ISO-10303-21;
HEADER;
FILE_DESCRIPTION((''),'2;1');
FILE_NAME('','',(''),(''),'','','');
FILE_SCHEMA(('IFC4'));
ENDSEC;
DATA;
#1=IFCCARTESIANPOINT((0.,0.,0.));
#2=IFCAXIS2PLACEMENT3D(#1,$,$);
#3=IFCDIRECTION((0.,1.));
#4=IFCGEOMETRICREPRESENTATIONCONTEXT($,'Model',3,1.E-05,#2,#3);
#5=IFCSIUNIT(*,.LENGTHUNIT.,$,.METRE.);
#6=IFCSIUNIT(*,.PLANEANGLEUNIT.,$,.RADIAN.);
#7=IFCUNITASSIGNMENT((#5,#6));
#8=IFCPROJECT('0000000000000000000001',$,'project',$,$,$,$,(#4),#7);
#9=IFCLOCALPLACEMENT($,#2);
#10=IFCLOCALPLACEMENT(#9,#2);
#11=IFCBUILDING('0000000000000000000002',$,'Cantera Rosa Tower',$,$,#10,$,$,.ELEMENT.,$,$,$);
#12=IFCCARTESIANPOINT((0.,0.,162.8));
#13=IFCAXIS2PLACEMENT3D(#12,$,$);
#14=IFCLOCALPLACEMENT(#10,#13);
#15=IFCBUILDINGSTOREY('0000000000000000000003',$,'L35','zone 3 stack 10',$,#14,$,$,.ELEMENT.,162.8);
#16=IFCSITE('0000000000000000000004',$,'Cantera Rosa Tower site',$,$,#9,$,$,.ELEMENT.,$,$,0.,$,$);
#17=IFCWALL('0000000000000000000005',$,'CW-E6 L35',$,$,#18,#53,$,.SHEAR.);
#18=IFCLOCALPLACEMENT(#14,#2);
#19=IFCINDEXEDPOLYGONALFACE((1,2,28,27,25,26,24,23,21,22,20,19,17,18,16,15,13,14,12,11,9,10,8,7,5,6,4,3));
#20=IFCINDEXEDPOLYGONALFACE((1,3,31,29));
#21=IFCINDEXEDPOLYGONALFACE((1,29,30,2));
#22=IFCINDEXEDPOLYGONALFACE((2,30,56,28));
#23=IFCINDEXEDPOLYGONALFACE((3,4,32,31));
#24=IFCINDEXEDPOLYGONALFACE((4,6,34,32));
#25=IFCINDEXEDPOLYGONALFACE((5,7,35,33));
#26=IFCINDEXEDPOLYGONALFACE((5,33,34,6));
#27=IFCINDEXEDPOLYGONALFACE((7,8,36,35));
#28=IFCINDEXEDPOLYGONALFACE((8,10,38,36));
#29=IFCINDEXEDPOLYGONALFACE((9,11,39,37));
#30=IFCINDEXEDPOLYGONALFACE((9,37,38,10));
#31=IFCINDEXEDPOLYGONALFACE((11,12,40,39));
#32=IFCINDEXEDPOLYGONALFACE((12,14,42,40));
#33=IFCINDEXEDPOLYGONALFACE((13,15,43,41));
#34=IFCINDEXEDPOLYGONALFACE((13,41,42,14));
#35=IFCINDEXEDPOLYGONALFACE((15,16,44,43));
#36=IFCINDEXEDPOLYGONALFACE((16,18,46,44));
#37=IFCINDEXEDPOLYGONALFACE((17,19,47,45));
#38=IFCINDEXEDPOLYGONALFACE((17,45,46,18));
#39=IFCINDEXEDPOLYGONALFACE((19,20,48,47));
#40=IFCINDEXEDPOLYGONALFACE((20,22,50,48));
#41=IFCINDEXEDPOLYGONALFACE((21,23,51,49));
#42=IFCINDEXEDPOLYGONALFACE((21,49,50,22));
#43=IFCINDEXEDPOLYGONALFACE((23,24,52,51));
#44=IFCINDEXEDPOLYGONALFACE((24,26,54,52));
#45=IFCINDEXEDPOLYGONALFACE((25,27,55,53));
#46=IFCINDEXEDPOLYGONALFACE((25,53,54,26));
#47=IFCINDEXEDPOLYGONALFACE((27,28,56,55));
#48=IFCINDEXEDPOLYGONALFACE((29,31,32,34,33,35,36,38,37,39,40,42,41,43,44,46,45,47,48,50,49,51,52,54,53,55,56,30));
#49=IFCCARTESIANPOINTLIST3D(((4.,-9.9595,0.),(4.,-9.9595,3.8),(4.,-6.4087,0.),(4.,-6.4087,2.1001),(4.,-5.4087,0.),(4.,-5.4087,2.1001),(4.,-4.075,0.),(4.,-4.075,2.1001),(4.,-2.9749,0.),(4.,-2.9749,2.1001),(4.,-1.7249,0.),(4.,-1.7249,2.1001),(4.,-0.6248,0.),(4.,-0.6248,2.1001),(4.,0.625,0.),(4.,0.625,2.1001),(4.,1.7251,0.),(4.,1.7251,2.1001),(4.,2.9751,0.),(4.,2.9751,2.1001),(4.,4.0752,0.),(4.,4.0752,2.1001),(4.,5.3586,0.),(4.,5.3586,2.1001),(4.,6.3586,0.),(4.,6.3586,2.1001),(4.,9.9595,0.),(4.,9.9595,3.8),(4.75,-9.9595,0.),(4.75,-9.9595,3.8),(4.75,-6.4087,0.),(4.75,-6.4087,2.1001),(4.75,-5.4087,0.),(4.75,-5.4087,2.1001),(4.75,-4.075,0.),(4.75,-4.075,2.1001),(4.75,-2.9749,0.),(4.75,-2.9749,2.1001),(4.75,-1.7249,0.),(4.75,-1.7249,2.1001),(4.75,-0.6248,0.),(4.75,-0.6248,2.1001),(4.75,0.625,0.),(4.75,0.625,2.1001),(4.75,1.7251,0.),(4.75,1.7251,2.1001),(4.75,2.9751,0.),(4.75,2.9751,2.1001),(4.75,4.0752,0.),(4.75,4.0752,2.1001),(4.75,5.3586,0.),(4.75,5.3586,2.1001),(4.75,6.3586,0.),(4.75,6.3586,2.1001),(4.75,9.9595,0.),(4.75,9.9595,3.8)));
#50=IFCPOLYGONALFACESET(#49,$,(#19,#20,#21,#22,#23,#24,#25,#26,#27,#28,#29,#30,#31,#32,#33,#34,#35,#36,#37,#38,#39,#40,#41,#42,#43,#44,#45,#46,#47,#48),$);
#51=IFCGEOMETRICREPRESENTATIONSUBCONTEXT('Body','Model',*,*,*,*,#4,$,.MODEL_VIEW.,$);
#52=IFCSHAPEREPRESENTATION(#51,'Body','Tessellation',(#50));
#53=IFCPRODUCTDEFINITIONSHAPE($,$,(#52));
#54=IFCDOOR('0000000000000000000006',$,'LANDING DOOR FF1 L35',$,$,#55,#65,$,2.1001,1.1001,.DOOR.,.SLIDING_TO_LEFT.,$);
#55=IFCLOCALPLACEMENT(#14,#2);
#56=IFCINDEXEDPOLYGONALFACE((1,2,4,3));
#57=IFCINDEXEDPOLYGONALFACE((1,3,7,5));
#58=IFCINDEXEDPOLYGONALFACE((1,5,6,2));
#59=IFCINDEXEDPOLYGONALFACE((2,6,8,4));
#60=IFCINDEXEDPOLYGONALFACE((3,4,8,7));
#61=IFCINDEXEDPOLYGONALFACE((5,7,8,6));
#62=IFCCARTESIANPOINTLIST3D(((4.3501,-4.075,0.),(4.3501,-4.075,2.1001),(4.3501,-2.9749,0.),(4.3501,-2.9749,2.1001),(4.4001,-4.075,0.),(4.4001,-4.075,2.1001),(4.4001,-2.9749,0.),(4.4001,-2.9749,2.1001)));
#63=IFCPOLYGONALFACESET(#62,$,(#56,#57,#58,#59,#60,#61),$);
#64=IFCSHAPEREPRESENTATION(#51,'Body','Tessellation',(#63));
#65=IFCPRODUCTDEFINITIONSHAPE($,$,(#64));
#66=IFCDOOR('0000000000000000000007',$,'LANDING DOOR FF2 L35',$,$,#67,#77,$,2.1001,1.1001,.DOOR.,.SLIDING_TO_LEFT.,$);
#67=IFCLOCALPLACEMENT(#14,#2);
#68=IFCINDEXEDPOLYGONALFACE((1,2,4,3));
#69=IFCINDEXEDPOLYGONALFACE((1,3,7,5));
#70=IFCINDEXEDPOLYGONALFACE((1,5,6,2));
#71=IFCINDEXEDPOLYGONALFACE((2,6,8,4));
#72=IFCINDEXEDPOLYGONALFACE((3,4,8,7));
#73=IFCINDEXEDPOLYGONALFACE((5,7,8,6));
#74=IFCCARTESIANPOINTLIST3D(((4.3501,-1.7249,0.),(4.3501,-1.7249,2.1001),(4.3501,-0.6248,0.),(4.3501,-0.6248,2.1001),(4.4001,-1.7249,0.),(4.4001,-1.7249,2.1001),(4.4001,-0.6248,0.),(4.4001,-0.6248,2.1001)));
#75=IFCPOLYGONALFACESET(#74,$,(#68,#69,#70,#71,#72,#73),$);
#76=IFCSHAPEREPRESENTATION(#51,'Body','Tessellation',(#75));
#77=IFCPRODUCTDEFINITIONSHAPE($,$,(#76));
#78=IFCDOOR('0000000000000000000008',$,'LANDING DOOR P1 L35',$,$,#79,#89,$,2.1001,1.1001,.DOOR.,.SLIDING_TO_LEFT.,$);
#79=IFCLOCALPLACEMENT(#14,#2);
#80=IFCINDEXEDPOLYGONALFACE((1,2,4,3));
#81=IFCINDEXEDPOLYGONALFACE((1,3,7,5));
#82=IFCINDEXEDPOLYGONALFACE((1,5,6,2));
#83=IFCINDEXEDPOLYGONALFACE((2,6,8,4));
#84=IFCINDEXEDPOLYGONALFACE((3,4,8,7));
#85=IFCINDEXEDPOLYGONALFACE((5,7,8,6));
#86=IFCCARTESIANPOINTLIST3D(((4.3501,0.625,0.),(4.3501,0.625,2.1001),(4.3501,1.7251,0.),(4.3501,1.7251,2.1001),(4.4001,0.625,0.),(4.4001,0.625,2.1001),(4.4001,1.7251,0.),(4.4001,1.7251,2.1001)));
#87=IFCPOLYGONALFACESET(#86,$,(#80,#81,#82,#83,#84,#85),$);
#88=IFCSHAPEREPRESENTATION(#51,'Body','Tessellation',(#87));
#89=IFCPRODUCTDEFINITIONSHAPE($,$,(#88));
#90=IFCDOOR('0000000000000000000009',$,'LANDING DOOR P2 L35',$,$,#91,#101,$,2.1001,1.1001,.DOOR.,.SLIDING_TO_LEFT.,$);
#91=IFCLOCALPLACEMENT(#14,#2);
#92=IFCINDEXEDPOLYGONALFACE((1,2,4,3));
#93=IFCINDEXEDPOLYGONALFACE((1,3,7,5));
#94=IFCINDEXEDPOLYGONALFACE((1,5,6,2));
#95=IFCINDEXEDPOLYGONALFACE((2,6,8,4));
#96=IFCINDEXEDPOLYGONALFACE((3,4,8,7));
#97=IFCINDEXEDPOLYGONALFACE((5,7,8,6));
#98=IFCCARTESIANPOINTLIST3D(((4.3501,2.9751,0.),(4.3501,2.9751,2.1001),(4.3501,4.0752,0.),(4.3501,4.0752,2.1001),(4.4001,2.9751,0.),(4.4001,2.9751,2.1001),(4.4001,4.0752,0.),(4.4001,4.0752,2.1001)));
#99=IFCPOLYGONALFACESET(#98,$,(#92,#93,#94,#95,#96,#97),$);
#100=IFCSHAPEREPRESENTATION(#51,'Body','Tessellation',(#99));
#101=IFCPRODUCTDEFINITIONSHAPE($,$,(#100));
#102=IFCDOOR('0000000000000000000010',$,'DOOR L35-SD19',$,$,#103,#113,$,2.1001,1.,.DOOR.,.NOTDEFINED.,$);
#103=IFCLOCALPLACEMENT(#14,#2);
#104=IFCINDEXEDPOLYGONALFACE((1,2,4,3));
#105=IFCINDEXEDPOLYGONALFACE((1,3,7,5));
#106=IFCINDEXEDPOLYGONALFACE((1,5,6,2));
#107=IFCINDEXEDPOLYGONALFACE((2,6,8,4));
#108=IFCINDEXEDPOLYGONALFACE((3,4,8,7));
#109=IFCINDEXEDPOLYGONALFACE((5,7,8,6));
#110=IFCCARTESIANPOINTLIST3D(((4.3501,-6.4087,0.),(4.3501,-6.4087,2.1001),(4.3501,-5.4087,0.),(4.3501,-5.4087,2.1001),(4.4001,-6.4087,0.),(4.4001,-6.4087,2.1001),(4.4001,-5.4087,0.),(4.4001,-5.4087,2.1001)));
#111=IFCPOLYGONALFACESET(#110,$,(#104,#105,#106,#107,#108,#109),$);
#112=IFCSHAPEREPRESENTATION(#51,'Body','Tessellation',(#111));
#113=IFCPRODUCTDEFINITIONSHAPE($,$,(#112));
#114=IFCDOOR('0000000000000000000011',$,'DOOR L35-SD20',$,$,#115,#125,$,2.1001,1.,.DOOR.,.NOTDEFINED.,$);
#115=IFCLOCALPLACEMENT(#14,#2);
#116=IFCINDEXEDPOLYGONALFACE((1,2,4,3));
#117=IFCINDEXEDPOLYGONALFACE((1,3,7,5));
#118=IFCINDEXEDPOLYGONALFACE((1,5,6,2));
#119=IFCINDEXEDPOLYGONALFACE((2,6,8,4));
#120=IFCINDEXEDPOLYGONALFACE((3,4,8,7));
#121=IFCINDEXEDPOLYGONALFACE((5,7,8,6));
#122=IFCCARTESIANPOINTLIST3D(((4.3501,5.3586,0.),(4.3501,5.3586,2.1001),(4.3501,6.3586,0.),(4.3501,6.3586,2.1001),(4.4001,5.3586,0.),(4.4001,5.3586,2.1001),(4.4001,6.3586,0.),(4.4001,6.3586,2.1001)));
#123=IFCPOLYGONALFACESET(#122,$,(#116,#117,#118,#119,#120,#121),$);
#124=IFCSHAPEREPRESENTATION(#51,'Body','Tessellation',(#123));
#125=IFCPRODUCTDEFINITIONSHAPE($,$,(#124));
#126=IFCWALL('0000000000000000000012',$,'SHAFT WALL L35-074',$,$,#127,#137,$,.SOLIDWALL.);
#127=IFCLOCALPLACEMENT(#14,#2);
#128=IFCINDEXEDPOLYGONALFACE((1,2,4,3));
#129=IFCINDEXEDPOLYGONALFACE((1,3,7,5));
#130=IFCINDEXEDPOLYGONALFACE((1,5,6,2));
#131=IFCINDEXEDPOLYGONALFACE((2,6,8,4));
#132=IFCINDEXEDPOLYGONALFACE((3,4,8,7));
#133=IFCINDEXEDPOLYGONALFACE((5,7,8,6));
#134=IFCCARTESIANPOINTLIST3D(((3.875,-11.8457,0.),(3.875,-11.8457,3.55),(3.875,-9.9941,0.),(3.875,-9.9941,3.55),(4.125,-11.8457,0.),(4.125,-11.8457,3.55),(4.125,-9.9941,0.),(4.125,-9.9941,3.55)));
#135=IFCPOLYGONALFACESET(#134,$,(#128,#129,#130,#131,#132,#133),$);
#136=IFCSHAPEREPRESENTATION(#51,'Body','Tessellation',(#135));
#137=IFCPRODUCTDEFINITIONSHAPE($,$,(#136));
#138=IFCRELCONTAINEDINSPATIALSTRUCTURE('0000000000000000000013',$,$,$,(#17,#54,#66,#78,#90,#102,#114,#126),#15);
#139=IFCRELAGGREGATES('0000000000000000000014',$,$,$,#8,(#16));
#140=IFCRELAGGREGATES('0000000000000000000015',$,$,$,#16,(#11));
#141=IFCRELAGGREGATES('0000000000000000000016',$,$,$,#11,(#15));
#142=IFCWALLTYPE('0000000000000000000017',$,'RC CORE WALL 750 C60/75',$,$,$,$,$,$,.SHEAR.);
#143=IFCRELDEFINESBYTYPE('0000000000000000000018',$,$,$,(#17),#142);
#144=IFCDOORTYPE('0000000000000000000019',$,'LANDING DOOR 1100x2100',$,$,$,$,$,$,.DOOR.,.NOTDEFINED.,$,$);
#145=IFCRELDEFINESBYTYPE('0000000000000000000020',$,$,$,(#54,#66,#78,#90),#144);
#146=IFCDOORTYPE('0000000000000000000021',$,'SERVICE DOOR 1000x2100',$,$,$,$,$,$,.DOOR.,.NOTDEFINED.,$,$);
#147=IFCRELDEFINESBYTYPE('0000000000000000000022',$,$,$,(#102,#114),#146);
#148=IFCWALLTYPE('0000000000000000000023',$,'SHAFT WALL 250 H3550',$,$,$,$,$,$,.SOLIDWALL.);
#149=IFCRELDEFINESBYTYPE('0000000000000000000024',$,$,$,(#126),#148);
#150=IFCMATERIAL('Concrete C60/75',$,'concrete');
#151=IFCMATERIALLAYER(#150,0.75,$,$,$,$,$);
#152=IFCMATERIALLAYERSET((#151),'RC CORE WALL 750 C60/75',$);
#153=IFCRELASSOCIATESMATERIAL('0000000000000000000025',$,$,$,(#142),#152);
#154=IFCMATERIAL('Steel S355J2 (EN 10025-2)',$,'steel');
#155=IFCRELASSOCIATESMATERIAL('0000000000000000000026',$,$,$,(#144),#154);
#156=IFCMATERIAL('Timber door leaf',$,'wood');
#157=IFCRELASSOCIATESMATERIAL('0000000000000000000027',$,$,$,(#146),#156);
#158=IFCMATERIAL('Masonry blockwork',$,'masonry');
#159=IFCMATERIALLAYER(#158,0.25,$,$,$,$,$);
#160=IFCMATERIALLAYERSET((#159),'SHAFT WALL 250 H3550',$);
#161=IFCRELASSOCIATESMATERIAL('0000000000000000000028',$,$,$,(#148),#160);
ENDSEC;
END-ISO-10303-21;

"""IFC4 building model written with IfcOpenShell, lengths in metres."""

from ifc_helpers import new_model, si_unit, direction, frame, frame_2d, origin, place, context, subcontext, project, spatial, rectangle, extrude, material, layer, layer_set, type_object, element, fill, save


model = new_model("IFC4")

# Units and contexts
model_context = context("Model", 3, precision=1e-05, world=origin(), true_north=direction((0.0, 1.0)))
body_context = subcontext(model_context, "Body", "Model", "MODEL_VIEW")
ifc_project = project(units=[si_unit("LENGTHUNIT", "METRE"), si_unit("PLANEANGLEUNIT", "RADIAN")], contexts=[model_context])

# Site, building, storey
site_placement = place(None, origin())
site = spatial("IfcSite", under=ifc_project, at=site_placement, Name="Cantera Rosa Tower site", CompositionType="ELEMENT", RefElevation=0.0)
building_placement = place(site_placement, origin())
building = spatial("IfcBuilding", under=site, at=building_placement, Name="Cantera Rosa Tower", CompositionType="ELEMENT")
storey_placement = place(building_placement, frame((0.0, 0.0, 162.8)))
storey = spatial("IfcBuildingStorey", under=building, at=storey_placement, Name="L35", Description="zone 3 stack 10", CompositionType="ELEMENT", Elevation=162.8)

# Shared definitions
ifc_material_1 = material(Name="Concrete C60/75", Category="concrete")
ifc_layer_1 = layer(ifc_material_1, 0.75)
ifc_layer_set_1 = layer_set([ifc_layer_1], Name="RC CORE WALL 750 C60/75")
wall_type_1 = type_object("IfcWallType", Name="RC CORE WALL 750 C60/75", PredefinedType="SHEAR", material=ifc_layer_set_1)

# Wall, openings, doors
wall_1_placement = place(storey_placement, frame((4.375, -9.9595, 0.0), z_axis=(0.0, 0.0, 1.0), x_axis=(0.0, 1.0, 0.0)))
wall_1 = element("IfcWall", 1, at=wall_1_placement, inside=storey, type_object=wall_type_1, Name="CW-E6 L35", PredefinedType="SHEAR", context=body_context, shape_type="SweptSolid", body=[
    extrude(rectangle(XDim=19.9189, YDim=0.75, at=frame_2d((9.9595, 0.0))), origin(), (0.0, 0.0, 1.0), 3.8),
])
opening_1_placement = place(wall_1_placement, frame((5.8845, 0.0, 0.0)))
opening_1 = element("IfcOpeningElement", 2, at=opening_1_placement, cuts=wall_1, PredefinedType="OPENING", context=body_context, shape_type="SweptSolid", body=[
    extrude(rectangle(XDim=1.1001, YDim=2.1001, at=frame_2d((0.55, 1.05))), frame((0.0, 0.385, 0.0), z_axis=(0.0, -1.0, 0.0), x_axis=(1.0, 0.0, 0.0)), (0.0, 0.0, 1.0), 0.77),
])
opening_2_placement = place(wall_1_placement, frame((8.2346, 0.0, 0.0)))
opening_2 = element("IfcOpeningElement", 3, at=opening_2_placement, cuts=wall_1, PredefinedType="OPENING", context=body_context, shape_type="SweptSolid", body=[
    extrude(rectangle(XDim=1.1001, YDim=2.1001, at=frame_2d((0.55, 1.05))), frame((0.0, 0.385, 0.0), z_axis=(0.0, -1.0, 0.0), x_axis=(1.0, 0.0, 0.0)), (0.0, 0.0, 1.0), 0.77),
])
opening_3_placement = place(wall_1_placement, frame((10.5845, 0.0, 0.0)))
opening_3 = element("IfcOpeningElement", 4, at=opening_3_placement, cuts=wall_1, PredefinedType="OPENING", context=body_context, shape_type="SweptSolid", body=[
    extrude(rectangle(XDim=1.1001, YDim=2.1001, at=frame_2d((0.55, 1.05))), frame((0.0, 0.385, 0.0), z_axis=(0.0, -1.0, 0.0), x_axis=(1.0, 0.0, 0.0)), (0.0, 0.0, 1.0), 0.77),
])
opening_4_placement = place(wall_1_placement, frame((12.9346, 0.0, 0.0)))
opening_4 = element("IfcOpeningElement", 5, at=opening_4_placement, cuts=wall_1, PredefinedType="OPENING", context=body_context, shape_type="SweptSolid", body=[
    extrude(rectangle(XDim=1.1001, YDim=2.1001, at=frame_2d((0.55, 1.05))), frame((0.0, 0.385, 0.0), z_axis=(0.0, -1.0, 0.0), x_axis=(1.0, 0.0, 0.0)), (0.0, 0.0, 1.0), 0.77),
])
opening_5_placement = place(wall_1_placement, frame((3.5508, 0.0, 0.0)))
opening_5 = element("IfcOpeningElement", 6, at=opening_5_placement, cuts=wall_1, PredefinedType="OPENING", context=body_context, shape_type="SweptSolid", body=[
    extrude(rectangle(XDim=1.0, YDim=2.1001, at=frame_2d((0.5, 1.05))), frame((0.0, 0.385, 0.0), z_axis=(0.0, -1.0, 0.0), x_axis=(1.0, 0.0, 0.0)), (0.0, 0.0, 1.0), 0.77),
])
opening_6_placement = place(wall_1_placement, frame((15.3181, 0.0, 0.0)))
opening_6 = element("IfcOpeningElement", 7, at=opening_6_placement, cuts=wall_1, PredefinedType="OPENING", context=body_context, shape_type="SweptSolid", body=[
    extrude(rectangle(XDim=1.0, YDim=2.1001, at=frame_2d((0.5, 1.05))), frame((0.0, 0.385, 0.0), z_axis=(0.0, -1.0, 0.0), x_axis=(1.0, 0.0, 0.0)), (0.0, 0.0, 1.0), 0.77),
])
ifc_material_2 = material(Name="Steel S355J2 (EN 10025-2)", Category="steel")
door_type_1 = type_object("IfcDoorType", Name="LANDING DOOR 1100x2100", OperationType="NOTDEFINED", PredefinedType="DOOR", material=ifc_material_2)
door_1_placement = place(opening_1_placement, origin())
door_1 = element("IfcDoor", 8, at=door_1_placement, inside=storey, type_object=door_type_1, Name="LANDING DOOR FF1 L35", OperationType="SLIDING_TO_LEFT", OverallHeight=2.1001, OverallWidth=1.1001, PredefinedType="DOOR", context=body_context, shape_type="SweptSolid", body=[
    extrude(rectangle(XDim=1.1001, YDim=2.1001, at=frame_2d((0.55, 1.05))), frame((0.0, 0.0249, 0.0), z_axis=(0.0, -1.0, 0.0), x_axis=(1.0, 0.0, 0.0)), (0.0, 0.0, 1.0), 0.05),
])
fill(opening_1, door_1)
door_2_placement = place(opening_2_placement, origin())
door_2 = element("IfcDoor", 9, at=door_2_placement, inside=storey, type_object=door_type_1, Name="LANDING DOOR FF2 L35", OperationType="SLIDING_TO_LEFT", OverallHeight=2.1001, OverallWidth=1.1001, PredefinedType="DOOR", context=body_context, shape_type="SweptSolid", body=[
    extrude(rectangle(XDim=1.1001, YDim=2.1001, at=frame_2d((0.55, 1.05))), frame((0.0, 0.0249, 0.0), z_axis=(0.0, -1.0, 0.0), x_axis=(1.0, 0.0, 0.0)), (0.0, 0.0, 1.0), 0.05),
])
fill(opening_2, door_2)
door_3_placement = place(opening_3_placement, origin())
door_3 = element("IfcDoor", 10, at=door_3_placement, inside=storey, type_object=door_type_1, Name="LANDING DOOR P1 L35", OperationType="SLIDING_TO_LEFT", OverallHeight=2.1001, OverallWidth=1.1001, PredefinedType="DOOR", context=body_context, shape_type="SweptSolid", body=[
    extrude(rectangle(XDim=1.1001, YDim=2.1001, at=frame_2d((0.55, 1.05))), frame((0.0, 0.0249, 0.0), z_axis=(0.0, -1.0, 0.0), x_axis=(1.0, 0.0, 0.0)), (0.0, 0.0, 1.0), 0.05),
])
fill(opening_3, door_3)
door_4_placement = place(opening_4_placement, origin())
door_4 = element("IfcDoor", 11, at=door_4_placement, inside=storey, type_object=door_type_1, Name="LANDING DOOR P2 L35", OperationType="SLIDING_TO_LEFT", OverallHeight=2.1001, OverallWidth=1.1001, PredefinedType="DOOR", context=body_context, shape_type="SweptSolid", body=[
    extrude(rectangle(XDim=1.1001, YDim=2.1001, at=frame_2d((0.55, 1.05))), frame((0.0, 0.0249, 0.0), z_axis=(0.0, -1.0, 0.0), x_axis=(1.0, 0.0, 0.0)), (0.0, 0.0, 1.0), 0.05),
])
fill(opening_4, door_4)
ifc_material_3 = material(Name="Timber door leaf", Category="wood")
door_type_2 = type_object("IfcDoorType", Name="SERVICE DOOR 1000x2100", OperationType="NOTDEFINED", PredefinedType="DOOR", material=ifc_material_3)
door_5_placement = place(opening_5_placement, origin())
door_5 = element("IfcDoor", 12, at=door_5_placement, inside=storey, type_object=door_type_2, Name="DOOR L35-SD19", OperationType="NOTDEFINED", OverallHeight=2.1001, OverallWidth=1.0, PredefinedType="DOOR", context=body_context, shape_type="SweptSolid", body=[
    extrude(rectangle(XDim=1.0, YDim=2.1001, at=frame_2d((0.5, 1.05))), frame((0.0, 0.0249, 0.0), z_axis=(0.0, -1.0, 0.0), x_axis=(1.0, 0.0, 0.0)), (0.0, 0.0, 1.0), 0.05),
])
fill(opening_5, door_5)
door_6_placement = place(opening_6_placement, origin())
door_6 = element("IfcDoor", 13, at=door_6_placement, inside=storey, type_object=door_type_2, Name="DOOR L35-SD20", OperationType="NOTDEFINED", OverallHeight=2.1001, OverallWidth=1.0, PredefinedType="DOOR", context=body_context, shape_type="SweptSolid", body=[
    extrude(rectangle(XDim=1.0, YDim=2.1001, at=frame_2d((0.5, 1.05))), frame((0.0, 0.0249, 0.0), z_axis=(0.0, -1.0, 0.0), x_axis=(1.0, 0.0, 0.0)), (0.0, 0.0, 1.0), 0.05),
])
fill(opening_6, door_6)

# Wall
ifc_material_4 = material(Name="Masonry blockwork", Category="masonry")
ifc_layer_2 = layer(ifc_material_4, 0.25)
ifc_layer_set_2 = layer_set([ifc_layer_2], Name="SHAFT WALL 250 H3550")
wall_type_2 = type_object("IfcWallType", Name="SHAFT WALL 250 H3550", PredefinedType="SOLIDWALL", material=ifc_layer_set_2)
wall_2_placement = place(storey_placement, frame((4.0, -11.8457, 0.0), z_axis=(0.0, 0.0, 1.0), x_axis=(0.0, 1.0, 0.0)))
element("IfcWall", 14, at=wall_2_placement, inside=storey, type_object=wall_type_2, Name="SHAFT WALL L35-074", PredefinedType="SOLIDWALL", context=body_context, shape_type="SweptSolid", body=[
    extrude(rectangle(XDim=1.8516, YDim=0.25, at=frame_2d((0.9258, 0.0))), origin(), (0.0, 0.0, 1.0), 3.55),
])

save(model, "model.ifc")
